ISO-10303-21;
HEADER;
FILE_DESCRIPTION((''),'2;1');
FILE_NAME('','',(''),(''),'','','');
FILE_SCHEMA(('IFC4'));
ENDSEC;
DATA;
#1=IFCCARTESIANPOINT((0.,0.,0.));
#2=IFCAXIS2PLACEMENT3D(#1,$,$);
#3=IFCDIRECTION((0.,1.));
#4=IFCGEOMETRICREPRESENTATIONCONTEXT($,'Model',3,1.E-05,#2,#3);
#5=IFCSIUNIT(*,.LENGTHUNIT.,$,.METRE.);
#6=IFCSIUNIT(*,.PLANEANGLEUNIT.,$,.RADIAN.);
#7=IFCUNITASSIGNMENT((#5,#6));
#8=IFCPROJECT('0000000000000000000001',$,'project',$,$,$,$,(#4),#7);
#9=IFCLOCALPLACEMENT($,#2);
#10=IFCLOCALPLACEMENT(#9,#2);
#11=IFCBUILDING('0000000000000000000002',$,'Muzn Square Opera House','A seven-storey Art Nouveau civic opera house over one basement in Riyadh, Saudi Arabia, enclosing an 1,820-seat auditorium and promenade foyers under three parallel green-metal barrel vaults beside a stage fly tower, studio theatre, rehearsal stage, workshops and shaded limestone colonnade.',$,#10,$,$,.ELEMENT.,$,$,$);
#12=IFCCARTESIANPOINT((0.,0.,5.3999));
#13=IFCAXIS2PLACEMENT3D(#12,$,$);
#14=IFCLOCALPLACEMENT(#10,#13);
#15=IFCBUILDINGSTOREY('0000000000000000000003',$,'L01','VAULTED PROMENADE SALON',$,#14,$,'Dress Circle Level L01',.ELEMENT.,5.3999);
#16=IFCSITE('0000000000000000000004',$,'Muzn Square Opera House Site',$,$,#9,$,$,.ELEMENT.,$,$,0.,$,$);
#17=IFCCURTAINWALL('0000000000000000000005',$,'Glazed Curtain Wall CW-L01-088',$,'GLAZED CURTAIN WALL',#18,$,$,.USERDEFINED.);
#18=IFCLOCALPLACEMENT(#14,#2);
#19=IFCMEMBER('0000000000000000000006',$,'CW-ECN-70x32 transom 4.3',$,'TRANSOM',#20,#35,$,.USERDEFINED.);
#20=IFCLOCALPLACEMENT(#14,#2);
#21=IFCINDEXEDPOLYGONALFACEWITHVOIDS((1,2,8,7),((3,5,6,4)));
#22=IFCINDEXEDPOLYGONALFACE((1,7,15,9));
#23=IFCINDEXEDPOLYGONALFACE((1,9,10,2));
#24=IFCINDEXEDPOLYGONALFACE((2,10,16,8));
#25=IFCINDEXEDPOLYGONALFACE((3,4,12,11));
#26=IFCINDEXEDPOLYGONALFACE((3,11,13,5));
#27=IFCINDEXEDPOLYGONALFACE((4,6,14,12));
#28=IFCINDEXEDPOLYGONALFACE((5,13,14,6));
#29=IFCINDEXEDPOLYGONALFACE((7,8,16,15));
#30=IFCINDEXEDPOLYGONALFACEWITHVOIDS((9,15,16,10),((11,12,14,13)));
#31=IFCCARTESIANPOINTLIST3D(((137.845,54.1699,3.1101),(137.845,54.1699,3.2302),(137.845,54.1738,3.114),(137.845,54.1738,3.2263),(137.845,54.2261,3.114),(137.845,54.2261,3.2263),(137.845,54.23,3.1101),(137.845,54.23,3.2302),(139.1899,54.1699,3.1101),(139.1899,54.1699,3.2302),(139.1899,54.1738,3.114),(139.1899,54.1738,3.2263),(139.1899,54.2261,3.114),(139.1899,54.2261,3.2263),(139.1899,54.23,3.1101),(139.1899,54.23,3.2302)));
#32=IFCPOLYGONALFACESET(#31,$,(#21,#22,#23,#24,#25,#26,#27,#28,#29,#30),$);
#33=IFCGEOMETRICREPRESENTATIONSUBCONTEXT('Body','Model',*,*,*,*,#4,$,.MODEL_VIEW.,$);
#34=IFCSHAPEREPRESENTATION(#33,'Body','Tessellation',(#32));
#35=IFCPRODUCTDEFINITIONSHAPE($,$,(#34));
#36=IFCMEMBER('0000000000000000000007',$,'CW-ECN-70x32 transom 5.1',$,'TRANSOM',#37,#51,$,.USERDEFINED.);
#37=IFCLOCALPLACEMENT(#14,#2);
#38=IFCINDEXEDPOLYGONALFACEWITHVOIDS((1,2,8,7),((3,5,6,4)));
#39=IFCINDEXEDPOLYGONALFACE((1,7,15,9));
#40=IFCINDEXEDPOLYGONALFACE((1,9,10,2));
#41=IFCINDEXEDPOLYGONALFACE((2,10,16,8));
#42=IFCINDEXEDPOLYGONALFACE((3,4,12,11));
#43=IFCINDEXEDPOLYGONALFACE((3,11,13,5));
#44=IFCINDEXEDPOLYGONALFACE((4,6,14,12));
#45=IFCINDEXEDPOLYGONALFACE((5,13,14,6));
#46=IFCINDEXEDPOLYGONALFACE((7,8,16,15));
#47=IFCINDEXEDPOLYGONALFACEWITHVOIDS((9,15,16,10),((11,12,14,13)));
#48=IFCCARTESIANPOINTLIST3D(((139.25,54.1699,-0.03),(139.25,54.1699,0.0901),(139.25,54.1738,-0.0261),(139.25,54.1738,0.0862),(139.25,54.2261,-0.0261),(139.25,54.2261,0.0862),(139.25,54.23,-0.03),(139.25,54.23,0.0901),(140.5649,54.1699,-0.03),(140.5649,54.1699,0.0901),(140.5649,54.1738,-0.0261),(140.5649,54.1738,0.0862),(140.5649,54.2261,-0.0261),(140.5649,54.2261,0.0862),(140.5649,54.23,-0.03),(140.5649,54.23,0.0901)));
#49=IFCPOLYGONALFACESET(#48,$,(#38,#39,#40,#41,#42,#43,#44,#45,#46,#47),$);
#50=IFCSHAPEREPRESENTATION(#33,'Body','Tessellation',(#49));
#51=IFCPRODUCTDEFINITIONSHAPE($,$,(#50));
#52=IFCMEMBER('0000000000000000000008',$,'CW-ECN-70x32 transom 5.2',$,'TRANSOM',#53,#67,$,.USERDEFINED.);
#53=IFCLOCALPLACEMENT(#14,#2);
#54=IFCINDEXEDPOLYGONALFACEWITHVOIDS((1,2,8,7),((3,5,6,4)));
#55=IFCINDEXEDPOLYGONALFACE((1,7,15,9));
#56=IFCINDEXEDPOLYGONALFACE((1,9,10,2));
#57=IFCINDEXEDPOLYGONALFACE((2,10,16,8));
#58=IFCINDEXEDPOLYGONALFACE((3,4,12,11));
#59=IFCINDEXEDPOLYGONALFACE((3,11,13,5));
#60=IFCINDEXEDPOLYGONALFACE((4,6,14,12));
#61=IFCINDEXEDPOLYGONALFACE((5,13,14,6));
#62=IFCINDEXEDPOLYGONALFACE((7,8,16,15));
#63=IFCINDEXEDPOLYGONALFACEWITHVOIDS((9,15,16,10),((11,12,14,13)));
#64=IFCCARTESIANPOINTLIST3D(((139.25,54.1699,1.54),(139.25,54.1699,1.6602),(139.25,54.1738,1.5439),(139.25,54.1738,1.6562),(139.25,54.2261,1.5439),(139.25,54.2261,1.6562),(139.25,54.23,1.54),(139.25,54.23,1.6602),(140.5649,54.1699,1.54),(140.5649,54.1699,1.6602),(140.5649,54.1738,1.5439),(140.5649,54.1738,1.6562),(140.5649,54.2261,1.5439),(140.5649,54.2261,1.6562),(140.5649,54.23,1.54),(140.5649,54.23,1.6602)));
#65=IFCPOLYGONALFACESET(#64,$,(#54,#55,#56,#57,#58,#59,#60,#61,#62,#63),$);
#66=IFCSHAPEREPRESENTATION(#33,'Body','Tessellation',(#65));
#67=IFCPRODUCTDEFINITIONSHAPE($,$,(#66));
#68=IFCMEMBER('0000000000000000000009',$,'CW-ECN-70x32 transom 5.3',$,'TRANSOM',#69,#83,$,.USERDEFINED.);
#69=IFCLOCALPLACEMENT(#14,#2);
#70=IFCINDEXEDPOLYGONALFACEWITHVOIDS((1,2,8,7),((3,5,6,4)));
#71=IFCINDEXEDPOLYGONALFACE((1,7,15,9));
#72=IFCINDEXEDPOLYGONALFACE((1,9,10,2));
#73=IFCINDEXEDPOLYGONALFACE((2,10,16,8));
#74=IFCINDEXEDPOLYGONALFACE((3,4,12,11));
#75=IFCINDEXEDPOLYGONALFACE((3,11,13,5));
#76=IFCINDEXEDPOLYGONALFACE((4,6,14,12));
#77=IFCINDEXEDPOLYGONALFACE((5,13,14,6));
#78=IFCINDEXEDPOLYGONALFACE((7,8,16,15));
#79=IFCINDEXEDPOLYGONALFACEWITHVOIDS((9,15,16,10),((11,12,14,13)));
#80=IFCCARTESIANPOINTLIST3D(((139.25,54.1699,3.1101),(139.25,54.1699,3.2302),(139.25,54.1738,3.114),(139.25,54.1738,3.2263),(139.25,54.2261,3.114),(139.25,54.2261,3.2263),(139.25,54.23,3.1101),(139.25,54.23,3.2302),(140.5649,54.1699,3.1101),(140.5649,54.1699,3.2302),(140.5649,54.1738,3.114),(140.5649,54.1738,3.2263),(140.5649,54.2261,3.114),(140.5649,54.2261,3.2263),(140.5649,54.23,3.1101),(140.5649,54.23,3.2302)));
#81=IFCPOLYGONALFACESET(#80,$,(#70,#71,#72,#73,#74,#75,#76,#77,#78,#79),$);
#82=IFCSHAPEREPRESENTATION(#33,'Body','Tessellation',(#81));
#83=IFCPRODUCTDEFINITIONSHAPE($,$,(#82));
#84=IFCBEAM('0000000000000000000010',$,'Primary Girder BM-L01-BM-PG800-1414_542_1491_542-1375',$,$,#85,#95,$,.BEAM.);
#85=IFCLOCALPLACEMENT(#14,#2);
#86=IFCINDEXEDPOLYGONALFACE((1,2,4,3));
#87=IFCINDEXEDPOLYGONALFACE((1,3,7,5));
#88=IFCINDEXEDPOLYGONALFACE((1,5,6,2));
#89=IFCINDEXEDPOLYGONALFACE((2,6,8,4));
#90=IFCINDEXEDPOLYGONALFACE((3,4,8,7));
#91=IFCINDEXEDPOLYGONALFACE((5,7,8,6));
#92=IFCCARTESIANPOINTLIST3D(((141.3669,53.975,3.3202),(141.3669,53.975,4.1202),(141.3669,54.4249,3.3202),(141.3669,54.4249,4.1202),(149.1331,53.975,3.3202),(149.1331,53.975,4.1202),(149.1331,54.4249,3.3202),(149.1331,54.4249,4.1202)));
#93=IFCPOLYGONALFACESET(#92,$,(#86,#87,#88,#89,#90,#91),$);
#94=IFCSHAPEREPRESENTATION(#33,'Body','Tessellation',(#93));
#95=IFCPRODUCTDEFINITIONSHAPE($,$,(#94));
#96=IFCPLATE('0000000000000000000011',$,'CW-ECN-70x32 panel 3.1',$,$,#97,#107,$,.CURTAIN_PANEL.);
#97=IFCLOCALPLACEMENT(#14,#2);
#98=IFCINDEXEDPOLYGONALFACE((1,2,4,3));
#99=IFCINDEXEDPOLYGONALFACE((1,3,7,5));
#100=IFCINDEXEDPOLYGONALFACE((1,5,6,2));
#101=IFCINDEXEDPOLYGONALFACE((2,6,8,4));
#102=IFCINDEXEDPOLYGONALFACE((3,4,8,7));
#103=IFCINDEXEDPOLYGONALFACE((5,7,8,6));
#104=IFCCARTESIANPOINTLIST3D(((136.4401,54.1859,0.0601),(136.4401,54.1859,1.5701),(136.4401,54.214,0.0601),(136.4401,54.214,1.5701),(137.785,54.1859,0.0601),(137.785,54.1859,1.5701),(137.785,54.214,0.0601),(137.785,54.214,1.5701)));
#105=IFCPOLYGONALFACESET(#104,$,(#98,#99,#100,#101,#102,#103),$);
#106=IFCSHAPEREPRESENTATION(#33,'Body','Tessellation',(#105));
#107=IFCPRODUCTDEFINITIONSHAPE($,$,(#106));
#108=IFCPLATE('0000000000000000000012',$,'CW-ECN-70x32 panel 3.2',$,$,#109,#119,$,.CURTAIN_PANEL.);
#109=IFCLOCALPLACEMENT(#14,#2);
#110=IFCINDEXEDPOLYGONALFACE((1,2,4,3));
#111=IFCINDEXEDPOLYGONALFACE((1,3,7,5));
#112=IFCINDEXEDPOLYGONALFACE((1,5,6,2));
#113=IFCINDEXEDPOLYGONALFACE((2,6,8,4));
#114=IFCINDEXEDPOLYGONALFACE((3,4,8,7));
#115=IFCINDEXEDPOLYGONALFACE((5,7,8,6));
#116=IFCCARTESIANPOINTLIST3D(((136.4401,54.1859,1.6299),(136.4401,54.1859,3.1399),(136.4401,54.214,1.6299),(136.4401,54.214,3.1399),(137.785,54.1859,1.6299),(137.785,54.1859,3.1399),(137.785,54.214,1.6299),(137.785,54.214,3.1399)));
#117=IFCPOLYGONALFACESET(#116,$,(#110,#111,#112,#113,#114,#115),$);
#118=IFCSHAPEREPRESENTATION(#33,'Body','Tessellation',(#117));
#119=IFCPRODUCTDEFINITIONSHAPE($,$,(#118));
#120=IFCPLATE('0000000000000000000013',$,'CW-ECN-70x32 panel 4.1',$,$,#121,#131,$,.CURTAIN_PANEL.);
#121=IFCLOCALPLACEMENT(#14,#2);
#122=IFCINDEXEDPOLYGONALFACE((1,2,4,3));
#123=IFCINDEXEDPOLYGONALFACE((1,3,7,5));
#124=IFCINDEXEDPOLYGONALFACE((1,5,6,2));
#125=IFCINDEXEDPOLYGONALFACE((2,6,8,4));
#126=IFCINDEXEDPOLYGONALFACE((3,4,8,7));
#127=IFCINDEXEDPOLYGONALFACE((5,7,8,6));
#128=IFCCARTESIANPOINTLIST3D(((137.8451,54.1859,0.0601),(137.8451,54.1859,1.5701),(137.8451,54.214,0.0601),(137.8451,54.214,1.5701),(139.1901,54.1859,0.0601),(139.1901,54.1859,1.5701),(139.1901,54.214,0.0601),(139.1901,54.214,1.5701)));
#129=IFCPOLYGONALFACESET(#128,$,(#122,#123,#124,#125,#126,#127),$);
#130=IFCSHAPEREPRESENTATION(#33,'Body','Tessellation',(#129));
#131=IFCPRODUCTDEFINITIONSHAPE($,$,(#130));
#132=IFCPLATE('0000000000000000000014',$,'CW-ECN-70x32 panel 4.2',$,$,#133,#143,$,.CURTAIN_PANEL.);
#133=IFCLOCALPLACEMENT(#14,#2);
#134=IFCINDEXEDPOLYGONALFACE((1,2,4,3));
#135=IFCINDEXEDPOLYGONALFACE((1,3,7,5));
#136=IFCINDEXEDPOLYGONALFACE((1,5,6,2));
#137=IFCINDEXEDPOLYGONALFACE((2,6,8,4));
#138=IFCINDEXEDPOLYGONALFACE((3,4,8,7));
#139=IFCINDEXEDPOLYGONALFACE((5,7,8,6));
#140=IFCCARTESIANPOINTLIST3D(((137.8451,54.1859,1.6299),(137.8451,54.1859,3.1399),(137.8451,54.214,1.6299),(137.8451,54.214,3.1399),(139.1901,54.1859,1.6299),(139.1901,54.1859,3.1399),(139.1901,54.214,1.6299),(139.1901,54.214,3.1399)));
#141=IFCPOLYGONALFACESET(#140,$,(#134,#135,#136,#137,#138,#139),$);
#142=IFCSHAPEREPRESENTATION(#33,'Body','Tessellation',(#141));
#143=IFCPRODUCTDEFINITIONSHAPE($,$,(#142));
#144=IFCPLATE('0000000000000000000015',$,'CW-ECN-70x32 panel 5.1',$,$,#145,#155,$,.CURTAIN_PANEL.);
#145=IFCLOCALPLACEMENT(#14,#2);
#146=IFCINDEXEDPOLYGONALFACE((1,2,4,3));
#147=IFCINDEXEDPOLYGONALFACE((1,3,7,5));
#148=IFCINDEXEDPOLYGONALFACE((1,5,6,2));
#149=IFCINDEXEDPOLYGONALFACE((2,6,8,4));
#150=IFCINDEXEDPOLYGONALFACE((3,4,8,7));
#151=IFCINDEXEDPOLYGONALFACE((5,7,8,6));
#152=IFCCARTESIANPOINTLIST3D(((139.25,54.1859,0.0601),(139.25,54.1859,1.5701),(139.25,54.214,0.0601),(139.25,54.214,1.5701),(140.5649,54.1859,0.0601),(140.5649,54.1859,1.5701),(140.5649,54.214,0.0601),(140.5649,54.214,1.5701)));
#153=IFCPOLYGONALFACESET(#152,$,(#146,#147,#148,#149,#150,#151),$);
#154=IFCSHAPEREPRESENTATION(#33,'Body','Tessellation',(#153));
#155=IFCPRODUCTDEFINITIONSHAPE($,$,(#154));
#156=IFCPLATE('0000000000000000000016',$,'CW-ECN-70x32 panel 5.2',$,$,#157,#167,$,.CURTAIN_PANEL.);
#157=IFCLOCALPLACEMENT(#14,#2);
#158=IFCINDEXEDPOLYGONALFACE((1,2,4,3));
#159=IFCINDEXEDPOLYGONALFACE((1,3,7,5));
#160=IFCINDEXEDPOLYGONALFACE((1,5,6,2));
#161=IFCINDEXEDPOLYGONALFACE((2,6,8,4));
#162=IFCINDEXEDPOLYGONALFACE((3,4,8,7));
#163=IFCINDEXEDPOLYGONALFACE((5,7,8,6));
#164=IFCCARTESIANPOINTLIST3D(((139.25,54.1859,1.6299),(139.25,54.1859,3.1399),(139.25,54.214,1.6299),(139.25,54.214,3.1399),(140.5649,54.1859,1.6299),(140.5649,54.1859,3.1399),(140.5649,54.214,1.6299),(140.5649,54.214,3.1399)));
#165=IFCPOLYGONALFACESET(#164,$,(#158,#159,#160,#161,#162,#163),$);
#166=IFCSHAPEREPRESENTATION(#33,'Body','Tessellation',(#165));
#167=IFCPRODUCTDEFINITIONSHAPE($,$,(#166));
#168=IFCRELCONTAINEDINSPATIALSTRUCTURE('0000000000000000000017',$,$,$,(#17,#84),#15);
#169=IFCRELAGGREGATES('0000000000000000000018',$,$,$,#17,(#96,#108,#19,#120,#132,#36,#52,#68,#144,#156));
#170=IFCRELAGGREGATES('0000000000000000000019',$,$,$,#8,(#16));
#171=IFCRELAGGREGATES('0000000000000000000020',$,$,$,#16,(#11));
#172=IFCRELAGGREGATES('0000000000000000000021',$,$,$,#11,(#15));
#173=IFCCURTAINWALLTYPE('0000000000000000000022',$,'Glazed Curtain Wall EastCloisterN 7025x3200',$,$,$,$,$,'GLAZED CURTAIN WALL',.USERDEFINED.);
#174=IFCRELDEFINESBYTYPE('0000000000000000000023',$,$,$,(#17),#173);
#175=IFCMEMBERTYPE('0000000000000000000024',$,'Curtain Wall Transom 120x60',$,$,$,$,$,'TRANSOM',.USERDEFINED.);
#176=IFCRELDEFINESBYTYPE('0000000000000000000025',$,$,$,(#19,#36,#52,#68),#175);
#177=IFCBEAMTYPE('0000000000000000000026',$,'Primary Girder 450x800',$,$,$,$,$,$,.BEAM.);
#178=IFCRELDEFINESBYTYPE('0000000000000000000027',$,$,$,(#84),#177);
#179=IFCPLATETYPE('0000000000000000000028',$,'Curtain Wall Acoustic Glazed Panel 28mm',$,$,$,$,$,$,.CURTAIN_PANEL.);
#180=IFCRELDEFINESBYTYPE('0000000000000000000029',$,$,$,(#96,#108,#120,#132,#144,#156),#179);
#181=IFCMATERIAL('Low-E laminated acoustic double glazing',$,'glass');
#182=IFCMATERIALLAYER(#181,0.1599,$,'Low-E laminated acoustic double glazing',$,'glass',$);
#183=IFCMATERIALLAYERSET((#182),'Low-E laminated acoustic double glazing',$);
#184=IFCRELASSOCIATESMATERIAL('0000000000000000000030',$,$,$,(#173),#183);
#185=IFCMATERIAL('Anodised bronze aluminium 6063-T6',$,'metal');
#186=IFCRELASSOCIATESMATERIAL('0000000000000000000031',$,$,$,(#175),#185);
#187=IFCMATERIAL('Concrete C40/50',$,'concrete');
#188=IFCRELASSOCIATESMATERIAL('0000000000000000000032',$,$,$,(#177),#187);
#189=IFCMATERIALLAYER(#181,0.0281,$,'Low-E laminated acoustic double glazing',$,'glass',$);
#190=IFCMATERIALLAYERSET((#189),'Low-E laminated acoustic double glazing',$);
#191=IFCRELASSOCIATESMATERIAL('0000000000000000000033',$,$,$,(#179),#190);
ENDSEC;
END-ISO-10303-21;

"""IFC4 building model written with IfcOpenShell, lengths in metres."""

from ifc_helpers import new_model, si_unit, direction, frame, origin, origin_2d, place, context, subcontext, project, spatial, rectangle, hollow_rectangle, extrude, material, layer, layer_set, material_profile, profile_set, type_object, element, aggregate, save


model = new_model("IFC4")

# Units and contexts
model_context = context("Model", 3, precision=1e-05, world=origin(), true_north=direction((0.0, 1.0)))
body_context = subcontext(model_context, "Body", "Model", "MODEL_VIEW")
ifc_project = project(units=[si_unit("LENGTHUNIT", "METRE"), si_unit("PLANEANGLEUNIT", "RADIAN")], contexts=[model_context])

# Site, building, storey
site_placement = place(None, origin())
site = spatial("IfcSite", under=ifc_project, at=site_placement, Name="Muzn Square Opera House Site", CompositionType="ELEMENT", RefElevation=0.0)
building_placement = place(site_placement, origin())
building = spatial("IfcBuilding", under=site, at=building_placement, Name="Muzn Square Opera House", Description="A seven-storey Art Nouveau civic opera house over one basement in Riyadh, Saudi Arabia, enclosing an 1,820-seat auditorium and promenade foyers under three parallel green-metal barrel vaults beside a stage fly tower, studio theatre, rehearsal stage, workshops and shaded limestone colonnade.", CompositionType="ELEMENT")
storey_placement = place(building_placement, frame((0.0, 0.0, 5.3999)))
storey = spatial("IfcBuildingStorey", under=building, at=storey_placement, Name="L01", Description="VAULTED PROMENADE SALON", LongName="Dress Circle Level L01", CompositionType="ELEMENT", Elevation=5.3999)

# Curtain wall
ifc_material_1 = material(Name="Low-E laminated acoustic double glazing", Category="glass")
ifc_layer_1 = layer(ifc_material_1, 0.1599, Name="Low-E laminated acoustic double glazing", Category="glass")
ifc_layer_set_1 = layer_set([ifc_layer_1], Name="Low-E laminated acoustic double glazing")
curtain_wall_type_1 = type_object("IfcCurtainWallType", Name="Glazed Curtain Wall EastCloisterN 7025x3200", ElementType="GLAZED CURTAIN WALL", PredefinedType="USERDEFINED", material=ifc_layer_set_1)
curtain_wall_1_placement = place(storey_placement, origin())
curtain_wall_1 = element("IfcCurtainWall", 1, at=curtain_wall_1_placement, inside=storey, type_object=curtain_wall_type_1, Name="Glazed Curtain Wall CW-L01-088", ObjectType="GLAZED CURTAIN WALL", PredefinedType="USERDEFINED")
ifc_material_2 = material(Name="Anodised bronze aluminium 6063-T6", Category="metal")

# Members
ifc_material_profile_1 = material_profile(ifc_material_2, hollow_rectangle(XDim=0.0601, YDim=0.1201, WallThickness=0.0039, at=origin_2d()), Name="ALU 120x60x4", Category="metal")
ifc_profile_set_1 = profile_set([ifc_material_profile_1], Name="Anodised bronze aluminium 6063-T6")
member_type_1 = type_object("IfcMemberType", Name="Curtain Wall Transom 120x60", ElementType="TRANSOM", PredefinedType="USERDEFINED", material=ifc_profile_set_1)
member_1_placement = place(storey_placement, frame((137.845, 54.2, 3.1702), z_axis=(1.0, 0.0, 0.0), x_axis=(0.0, 1.0, 0.0)))
member_1 = element("IfcMember", 2, at=member_1_placement, type_object=member_type_1, Name="CW-ECN-70x32 transom 4.3", ObjectType="TRANSOM", PredefinedType="USERDEFINED", context=body_context, shape_type="SweptSolid", body=[
    extrude(hollow_rectangle(XDim=0.0601, YDim=0.1201, WallThickness=0.0039, at=origin_2d()), origin(), (0.0, 0.0, 1.0), 1.345),
])
member_2_placement = place(storey_placement, frame((139.25, 54.2, 0.03), z_axis=(1.0, 0.0, 0.0), x_axis=(0.0, 1.0, 0.0)))
member_2 = element("IfcMember", 3, at=member_2_placement, type_object=member_type_1, Name="CW-ECN-70x32 transom 5.1", ObjectType="TRANSOM", PredefinedType="USERDEFINED", context=body_context, shape_type="SweptSolid", body=[
    extrude(hollow_rectangle(XDim=0.0601, YDim=0.1201, WallThickness=0.0039, at=origin_2d()), origin(), (0.0, 0.0, 1.0), 1.3149),
])
member_3_placement = place(storey_placement, frame((139.25, 54.2, 1.6001), z_axis=(1.0, 0.0, 0.0), x_axis=(0.0, 1.0, 0.0)))
member_3 = element("IfcMember", 4, at=member_3_placement, type_object=member_type_1, Name="CW-ECN-70x32 transom 5.2", ObjectType="TRANSOM", PredefinedType="USERDEFINED", context=body_context, shape_type="SweptSolid", body=[
    extrude(hollow_rectangle(XDim=0.0601, YDim=0.1201, WallThickness=0.0039, at=origin_2d()), origin(), (0.0, 0.0, 1.0), 1.3149),
])
member_4_placement = place(storey_placement, frame((139.25, 54.2, 3.1702), z_axis=(1.0, 0.0, 0.0), x_axis=(0.0, 1.0, 0.0)))
member_4 = element("IfcMember", 5, at=member_4_placement, type_object=member_type_1, Name="CW-ECN-70x32 transom 5.3", ObjectType="TRANSOM", PredefinedType="USERDEFINED", context=body_context, shape_type="SweptSolid", body=[
    extrude(hollow_rectangle(XDim=0.0601, YDim=0.1201, WallThickness=0.0039, at=origin_2d()), origin(), (0.0, 0.0, 1.0), 1.3149),
])

# Beam
ifc_material_3 = material(Name="Concrete C40/50", Category="concrete")
ifc_material_profile_2 = material_profile(ifc_material_3, rectangle(XDim=0.45, YDim=0.8, at=origin_2d()), Name="RCB 450x800", Category="concrete")
ifc_profile_set_2 = profile_set([ifc_material_profile_2], Name="Concrete C40/50")
beam_type = type_object("IfcBeamType", Name="Primary Girder 450x800", PredefinedType="BEAM", material=ifc_profile_set_2)
beam_placement = place(storey_placement, frame((141.3669, 54.2, 3.7202), z_axis=(1.0, 0.0, 0.0), x_axis=(0.0, 1.0, 0.0)))
element("IfcBeam", 6, at=beam_placement, inside=storey, type_object=beam_type, Name="Primary Girder BM-L01-BM-PG800-1414_542_1491_542-1375", PredefinedType="BEAM", context=body_context, shape_type="SweptSolid", body=[
    extrude(rectangle(XDim=0.45, YDim=0.8, at=origin_2d()), origin(), (0.0, 0.0, 1.0), 7.7661),
])

# Plates
ifc_layer_2 = layer(ifc_material_1, 0.0281, Name="Low-E laminated acoustic double glazing", Category="glass")
ifc_layer_set_2 = layer_set([ifc_layer_2], Name="Low-E laminated acoustic double glazing")
plate_type = type_object("IfcPlateType", Name="Curtain Wall Acoustic Glazed Panel 28mm", PredefinedType="CURTAIN_PANEL", material=ifc_layer_set_2)
plate_1_placement = place(storey_placement, frame((137.1125, 54.2, 0.0601), z_axis=(0.0, 0.0, 1.0), x_axis=(1.0, 0.0, 0.0)))
plate_1 = element("IfcPlate", 7, at=plate_1_placement, type_object=plate_type, Name="CW-ECN-70x32 panel 3.1", PredefinedType="CURTAIN_PANEL", context=body_context, shape_type="SweptSolid", body=[
    extrude(rectangle(XDim=1.345, YDim=0.0281, at=origin_2d()), origin(), (0.0, 0.0, 1.0), 1.51),
])
plate_2_placement = place(storey_placement, frame((137.1125, 54.2, 1.6299), z_axis=(0.0, 0.0, 1.0), x_axis=(1.0, 0.0, 0.0)))
plate_2 = element("IfcPlate", 8, at=plate_2_placement, type_object=plate_type, Name="CW-ECN-70x32 panel 3.2", PredefinedType="CURTAIN_PANEL", context=body_context, shape_type="SweptSolid", body=[
    extrude(rectangle(XDim=1.345, YDim=0.0281, at=origin_2d()), origin(), (0.0, 0.0, 1.0), 1.51),
])
plate_3_placement = place(storey_placement, frame((138.5176, 54.2, 0.0601), z_axis=(0.0, 0.0, 1.0), x_axis=(1.0, 0.0, 0.0)))
plate_3 = element("IfcPlate", 9, at=plate_3_placement, type_object=plate_type, Name="CW-ECN-70x32 panel 4.1", PredefinedType="CURTAIN_PANEL", context=body_context, shape_type="SweptSolid", body=[
    extrude(rectangle(XDim=1.345, YDim=0.0281, at=origin_2d()), origin(), (0.0, 0.0, 1.0), 1.51),
])
plate_4_placement = place(storey_placement, frame((138.5176, 54.2, 1.6299), z_axis=(0.0, 0.0, 1.0), x_axis=(1.0, 0.0, 0.0)))
plate_4 = element("IfcPlate", 10, at=plate_4_placement, type_object=plate_type, Name="CW-ECN-70x32 panel 4.2", PredefinedType="CURTAIN_PANEL", context=body_context, shape_type="SweptSolid", body=[
    extrude(rectangle(XDim=1.345, YDim=0.0281, at=origin_2d()), origin(), (0.0, 0.0, 1.0), 1.51),
])
plate_5_placement = place(storey_placement, frame((139.9075, 54.2, 0.0601), z_axis=(0.0, 0.0, 1.0), x_axis=(1.0, 0.0, 0.0)))
plate_5 = element("IfcPlate", 11, at=plate_5_placement, type_object=plate_type, Name="CW-ECN-70x32 panel 5.1", PredefinedType="CURTAIN_PANEL", context=body_context, shape_type="SweptSolid", body=[
    extrude(rectangle(XDim=1.3149, YDim=0.0281, at=origin_2d()), origin(), (0.0, 0.0, 1.0), 1.51),
])
plate_6_placement = place(storey_placement, frame((139.9075, 54.2, 1.6299), z_axis=(0.0, 0.0, 1.0), x_axis=(1.0, 0.0, 0.0)))
plate_6 = element("IfcPlate", 12, at=plate_6_placement, type_object=plate_type, Name="CW-ECN-70x32 panel 5.2", PredefinedType="CURTAIN_PANEL", context=body_context, shape_type="SweptSolid", body=[
    extrude(rectangle(XDim=1.3149, YDim=0.0281, at=origin_2d()), origin(), (0.0, 0.0, 1.0), 1.51),
])
aggregate(curtain_wall_1, [plate_1, plate_2, member_1, plate_3, plate_4, member_2, member_3, member_4, plate_5, plate_6])

save(model, "model.ifc")
